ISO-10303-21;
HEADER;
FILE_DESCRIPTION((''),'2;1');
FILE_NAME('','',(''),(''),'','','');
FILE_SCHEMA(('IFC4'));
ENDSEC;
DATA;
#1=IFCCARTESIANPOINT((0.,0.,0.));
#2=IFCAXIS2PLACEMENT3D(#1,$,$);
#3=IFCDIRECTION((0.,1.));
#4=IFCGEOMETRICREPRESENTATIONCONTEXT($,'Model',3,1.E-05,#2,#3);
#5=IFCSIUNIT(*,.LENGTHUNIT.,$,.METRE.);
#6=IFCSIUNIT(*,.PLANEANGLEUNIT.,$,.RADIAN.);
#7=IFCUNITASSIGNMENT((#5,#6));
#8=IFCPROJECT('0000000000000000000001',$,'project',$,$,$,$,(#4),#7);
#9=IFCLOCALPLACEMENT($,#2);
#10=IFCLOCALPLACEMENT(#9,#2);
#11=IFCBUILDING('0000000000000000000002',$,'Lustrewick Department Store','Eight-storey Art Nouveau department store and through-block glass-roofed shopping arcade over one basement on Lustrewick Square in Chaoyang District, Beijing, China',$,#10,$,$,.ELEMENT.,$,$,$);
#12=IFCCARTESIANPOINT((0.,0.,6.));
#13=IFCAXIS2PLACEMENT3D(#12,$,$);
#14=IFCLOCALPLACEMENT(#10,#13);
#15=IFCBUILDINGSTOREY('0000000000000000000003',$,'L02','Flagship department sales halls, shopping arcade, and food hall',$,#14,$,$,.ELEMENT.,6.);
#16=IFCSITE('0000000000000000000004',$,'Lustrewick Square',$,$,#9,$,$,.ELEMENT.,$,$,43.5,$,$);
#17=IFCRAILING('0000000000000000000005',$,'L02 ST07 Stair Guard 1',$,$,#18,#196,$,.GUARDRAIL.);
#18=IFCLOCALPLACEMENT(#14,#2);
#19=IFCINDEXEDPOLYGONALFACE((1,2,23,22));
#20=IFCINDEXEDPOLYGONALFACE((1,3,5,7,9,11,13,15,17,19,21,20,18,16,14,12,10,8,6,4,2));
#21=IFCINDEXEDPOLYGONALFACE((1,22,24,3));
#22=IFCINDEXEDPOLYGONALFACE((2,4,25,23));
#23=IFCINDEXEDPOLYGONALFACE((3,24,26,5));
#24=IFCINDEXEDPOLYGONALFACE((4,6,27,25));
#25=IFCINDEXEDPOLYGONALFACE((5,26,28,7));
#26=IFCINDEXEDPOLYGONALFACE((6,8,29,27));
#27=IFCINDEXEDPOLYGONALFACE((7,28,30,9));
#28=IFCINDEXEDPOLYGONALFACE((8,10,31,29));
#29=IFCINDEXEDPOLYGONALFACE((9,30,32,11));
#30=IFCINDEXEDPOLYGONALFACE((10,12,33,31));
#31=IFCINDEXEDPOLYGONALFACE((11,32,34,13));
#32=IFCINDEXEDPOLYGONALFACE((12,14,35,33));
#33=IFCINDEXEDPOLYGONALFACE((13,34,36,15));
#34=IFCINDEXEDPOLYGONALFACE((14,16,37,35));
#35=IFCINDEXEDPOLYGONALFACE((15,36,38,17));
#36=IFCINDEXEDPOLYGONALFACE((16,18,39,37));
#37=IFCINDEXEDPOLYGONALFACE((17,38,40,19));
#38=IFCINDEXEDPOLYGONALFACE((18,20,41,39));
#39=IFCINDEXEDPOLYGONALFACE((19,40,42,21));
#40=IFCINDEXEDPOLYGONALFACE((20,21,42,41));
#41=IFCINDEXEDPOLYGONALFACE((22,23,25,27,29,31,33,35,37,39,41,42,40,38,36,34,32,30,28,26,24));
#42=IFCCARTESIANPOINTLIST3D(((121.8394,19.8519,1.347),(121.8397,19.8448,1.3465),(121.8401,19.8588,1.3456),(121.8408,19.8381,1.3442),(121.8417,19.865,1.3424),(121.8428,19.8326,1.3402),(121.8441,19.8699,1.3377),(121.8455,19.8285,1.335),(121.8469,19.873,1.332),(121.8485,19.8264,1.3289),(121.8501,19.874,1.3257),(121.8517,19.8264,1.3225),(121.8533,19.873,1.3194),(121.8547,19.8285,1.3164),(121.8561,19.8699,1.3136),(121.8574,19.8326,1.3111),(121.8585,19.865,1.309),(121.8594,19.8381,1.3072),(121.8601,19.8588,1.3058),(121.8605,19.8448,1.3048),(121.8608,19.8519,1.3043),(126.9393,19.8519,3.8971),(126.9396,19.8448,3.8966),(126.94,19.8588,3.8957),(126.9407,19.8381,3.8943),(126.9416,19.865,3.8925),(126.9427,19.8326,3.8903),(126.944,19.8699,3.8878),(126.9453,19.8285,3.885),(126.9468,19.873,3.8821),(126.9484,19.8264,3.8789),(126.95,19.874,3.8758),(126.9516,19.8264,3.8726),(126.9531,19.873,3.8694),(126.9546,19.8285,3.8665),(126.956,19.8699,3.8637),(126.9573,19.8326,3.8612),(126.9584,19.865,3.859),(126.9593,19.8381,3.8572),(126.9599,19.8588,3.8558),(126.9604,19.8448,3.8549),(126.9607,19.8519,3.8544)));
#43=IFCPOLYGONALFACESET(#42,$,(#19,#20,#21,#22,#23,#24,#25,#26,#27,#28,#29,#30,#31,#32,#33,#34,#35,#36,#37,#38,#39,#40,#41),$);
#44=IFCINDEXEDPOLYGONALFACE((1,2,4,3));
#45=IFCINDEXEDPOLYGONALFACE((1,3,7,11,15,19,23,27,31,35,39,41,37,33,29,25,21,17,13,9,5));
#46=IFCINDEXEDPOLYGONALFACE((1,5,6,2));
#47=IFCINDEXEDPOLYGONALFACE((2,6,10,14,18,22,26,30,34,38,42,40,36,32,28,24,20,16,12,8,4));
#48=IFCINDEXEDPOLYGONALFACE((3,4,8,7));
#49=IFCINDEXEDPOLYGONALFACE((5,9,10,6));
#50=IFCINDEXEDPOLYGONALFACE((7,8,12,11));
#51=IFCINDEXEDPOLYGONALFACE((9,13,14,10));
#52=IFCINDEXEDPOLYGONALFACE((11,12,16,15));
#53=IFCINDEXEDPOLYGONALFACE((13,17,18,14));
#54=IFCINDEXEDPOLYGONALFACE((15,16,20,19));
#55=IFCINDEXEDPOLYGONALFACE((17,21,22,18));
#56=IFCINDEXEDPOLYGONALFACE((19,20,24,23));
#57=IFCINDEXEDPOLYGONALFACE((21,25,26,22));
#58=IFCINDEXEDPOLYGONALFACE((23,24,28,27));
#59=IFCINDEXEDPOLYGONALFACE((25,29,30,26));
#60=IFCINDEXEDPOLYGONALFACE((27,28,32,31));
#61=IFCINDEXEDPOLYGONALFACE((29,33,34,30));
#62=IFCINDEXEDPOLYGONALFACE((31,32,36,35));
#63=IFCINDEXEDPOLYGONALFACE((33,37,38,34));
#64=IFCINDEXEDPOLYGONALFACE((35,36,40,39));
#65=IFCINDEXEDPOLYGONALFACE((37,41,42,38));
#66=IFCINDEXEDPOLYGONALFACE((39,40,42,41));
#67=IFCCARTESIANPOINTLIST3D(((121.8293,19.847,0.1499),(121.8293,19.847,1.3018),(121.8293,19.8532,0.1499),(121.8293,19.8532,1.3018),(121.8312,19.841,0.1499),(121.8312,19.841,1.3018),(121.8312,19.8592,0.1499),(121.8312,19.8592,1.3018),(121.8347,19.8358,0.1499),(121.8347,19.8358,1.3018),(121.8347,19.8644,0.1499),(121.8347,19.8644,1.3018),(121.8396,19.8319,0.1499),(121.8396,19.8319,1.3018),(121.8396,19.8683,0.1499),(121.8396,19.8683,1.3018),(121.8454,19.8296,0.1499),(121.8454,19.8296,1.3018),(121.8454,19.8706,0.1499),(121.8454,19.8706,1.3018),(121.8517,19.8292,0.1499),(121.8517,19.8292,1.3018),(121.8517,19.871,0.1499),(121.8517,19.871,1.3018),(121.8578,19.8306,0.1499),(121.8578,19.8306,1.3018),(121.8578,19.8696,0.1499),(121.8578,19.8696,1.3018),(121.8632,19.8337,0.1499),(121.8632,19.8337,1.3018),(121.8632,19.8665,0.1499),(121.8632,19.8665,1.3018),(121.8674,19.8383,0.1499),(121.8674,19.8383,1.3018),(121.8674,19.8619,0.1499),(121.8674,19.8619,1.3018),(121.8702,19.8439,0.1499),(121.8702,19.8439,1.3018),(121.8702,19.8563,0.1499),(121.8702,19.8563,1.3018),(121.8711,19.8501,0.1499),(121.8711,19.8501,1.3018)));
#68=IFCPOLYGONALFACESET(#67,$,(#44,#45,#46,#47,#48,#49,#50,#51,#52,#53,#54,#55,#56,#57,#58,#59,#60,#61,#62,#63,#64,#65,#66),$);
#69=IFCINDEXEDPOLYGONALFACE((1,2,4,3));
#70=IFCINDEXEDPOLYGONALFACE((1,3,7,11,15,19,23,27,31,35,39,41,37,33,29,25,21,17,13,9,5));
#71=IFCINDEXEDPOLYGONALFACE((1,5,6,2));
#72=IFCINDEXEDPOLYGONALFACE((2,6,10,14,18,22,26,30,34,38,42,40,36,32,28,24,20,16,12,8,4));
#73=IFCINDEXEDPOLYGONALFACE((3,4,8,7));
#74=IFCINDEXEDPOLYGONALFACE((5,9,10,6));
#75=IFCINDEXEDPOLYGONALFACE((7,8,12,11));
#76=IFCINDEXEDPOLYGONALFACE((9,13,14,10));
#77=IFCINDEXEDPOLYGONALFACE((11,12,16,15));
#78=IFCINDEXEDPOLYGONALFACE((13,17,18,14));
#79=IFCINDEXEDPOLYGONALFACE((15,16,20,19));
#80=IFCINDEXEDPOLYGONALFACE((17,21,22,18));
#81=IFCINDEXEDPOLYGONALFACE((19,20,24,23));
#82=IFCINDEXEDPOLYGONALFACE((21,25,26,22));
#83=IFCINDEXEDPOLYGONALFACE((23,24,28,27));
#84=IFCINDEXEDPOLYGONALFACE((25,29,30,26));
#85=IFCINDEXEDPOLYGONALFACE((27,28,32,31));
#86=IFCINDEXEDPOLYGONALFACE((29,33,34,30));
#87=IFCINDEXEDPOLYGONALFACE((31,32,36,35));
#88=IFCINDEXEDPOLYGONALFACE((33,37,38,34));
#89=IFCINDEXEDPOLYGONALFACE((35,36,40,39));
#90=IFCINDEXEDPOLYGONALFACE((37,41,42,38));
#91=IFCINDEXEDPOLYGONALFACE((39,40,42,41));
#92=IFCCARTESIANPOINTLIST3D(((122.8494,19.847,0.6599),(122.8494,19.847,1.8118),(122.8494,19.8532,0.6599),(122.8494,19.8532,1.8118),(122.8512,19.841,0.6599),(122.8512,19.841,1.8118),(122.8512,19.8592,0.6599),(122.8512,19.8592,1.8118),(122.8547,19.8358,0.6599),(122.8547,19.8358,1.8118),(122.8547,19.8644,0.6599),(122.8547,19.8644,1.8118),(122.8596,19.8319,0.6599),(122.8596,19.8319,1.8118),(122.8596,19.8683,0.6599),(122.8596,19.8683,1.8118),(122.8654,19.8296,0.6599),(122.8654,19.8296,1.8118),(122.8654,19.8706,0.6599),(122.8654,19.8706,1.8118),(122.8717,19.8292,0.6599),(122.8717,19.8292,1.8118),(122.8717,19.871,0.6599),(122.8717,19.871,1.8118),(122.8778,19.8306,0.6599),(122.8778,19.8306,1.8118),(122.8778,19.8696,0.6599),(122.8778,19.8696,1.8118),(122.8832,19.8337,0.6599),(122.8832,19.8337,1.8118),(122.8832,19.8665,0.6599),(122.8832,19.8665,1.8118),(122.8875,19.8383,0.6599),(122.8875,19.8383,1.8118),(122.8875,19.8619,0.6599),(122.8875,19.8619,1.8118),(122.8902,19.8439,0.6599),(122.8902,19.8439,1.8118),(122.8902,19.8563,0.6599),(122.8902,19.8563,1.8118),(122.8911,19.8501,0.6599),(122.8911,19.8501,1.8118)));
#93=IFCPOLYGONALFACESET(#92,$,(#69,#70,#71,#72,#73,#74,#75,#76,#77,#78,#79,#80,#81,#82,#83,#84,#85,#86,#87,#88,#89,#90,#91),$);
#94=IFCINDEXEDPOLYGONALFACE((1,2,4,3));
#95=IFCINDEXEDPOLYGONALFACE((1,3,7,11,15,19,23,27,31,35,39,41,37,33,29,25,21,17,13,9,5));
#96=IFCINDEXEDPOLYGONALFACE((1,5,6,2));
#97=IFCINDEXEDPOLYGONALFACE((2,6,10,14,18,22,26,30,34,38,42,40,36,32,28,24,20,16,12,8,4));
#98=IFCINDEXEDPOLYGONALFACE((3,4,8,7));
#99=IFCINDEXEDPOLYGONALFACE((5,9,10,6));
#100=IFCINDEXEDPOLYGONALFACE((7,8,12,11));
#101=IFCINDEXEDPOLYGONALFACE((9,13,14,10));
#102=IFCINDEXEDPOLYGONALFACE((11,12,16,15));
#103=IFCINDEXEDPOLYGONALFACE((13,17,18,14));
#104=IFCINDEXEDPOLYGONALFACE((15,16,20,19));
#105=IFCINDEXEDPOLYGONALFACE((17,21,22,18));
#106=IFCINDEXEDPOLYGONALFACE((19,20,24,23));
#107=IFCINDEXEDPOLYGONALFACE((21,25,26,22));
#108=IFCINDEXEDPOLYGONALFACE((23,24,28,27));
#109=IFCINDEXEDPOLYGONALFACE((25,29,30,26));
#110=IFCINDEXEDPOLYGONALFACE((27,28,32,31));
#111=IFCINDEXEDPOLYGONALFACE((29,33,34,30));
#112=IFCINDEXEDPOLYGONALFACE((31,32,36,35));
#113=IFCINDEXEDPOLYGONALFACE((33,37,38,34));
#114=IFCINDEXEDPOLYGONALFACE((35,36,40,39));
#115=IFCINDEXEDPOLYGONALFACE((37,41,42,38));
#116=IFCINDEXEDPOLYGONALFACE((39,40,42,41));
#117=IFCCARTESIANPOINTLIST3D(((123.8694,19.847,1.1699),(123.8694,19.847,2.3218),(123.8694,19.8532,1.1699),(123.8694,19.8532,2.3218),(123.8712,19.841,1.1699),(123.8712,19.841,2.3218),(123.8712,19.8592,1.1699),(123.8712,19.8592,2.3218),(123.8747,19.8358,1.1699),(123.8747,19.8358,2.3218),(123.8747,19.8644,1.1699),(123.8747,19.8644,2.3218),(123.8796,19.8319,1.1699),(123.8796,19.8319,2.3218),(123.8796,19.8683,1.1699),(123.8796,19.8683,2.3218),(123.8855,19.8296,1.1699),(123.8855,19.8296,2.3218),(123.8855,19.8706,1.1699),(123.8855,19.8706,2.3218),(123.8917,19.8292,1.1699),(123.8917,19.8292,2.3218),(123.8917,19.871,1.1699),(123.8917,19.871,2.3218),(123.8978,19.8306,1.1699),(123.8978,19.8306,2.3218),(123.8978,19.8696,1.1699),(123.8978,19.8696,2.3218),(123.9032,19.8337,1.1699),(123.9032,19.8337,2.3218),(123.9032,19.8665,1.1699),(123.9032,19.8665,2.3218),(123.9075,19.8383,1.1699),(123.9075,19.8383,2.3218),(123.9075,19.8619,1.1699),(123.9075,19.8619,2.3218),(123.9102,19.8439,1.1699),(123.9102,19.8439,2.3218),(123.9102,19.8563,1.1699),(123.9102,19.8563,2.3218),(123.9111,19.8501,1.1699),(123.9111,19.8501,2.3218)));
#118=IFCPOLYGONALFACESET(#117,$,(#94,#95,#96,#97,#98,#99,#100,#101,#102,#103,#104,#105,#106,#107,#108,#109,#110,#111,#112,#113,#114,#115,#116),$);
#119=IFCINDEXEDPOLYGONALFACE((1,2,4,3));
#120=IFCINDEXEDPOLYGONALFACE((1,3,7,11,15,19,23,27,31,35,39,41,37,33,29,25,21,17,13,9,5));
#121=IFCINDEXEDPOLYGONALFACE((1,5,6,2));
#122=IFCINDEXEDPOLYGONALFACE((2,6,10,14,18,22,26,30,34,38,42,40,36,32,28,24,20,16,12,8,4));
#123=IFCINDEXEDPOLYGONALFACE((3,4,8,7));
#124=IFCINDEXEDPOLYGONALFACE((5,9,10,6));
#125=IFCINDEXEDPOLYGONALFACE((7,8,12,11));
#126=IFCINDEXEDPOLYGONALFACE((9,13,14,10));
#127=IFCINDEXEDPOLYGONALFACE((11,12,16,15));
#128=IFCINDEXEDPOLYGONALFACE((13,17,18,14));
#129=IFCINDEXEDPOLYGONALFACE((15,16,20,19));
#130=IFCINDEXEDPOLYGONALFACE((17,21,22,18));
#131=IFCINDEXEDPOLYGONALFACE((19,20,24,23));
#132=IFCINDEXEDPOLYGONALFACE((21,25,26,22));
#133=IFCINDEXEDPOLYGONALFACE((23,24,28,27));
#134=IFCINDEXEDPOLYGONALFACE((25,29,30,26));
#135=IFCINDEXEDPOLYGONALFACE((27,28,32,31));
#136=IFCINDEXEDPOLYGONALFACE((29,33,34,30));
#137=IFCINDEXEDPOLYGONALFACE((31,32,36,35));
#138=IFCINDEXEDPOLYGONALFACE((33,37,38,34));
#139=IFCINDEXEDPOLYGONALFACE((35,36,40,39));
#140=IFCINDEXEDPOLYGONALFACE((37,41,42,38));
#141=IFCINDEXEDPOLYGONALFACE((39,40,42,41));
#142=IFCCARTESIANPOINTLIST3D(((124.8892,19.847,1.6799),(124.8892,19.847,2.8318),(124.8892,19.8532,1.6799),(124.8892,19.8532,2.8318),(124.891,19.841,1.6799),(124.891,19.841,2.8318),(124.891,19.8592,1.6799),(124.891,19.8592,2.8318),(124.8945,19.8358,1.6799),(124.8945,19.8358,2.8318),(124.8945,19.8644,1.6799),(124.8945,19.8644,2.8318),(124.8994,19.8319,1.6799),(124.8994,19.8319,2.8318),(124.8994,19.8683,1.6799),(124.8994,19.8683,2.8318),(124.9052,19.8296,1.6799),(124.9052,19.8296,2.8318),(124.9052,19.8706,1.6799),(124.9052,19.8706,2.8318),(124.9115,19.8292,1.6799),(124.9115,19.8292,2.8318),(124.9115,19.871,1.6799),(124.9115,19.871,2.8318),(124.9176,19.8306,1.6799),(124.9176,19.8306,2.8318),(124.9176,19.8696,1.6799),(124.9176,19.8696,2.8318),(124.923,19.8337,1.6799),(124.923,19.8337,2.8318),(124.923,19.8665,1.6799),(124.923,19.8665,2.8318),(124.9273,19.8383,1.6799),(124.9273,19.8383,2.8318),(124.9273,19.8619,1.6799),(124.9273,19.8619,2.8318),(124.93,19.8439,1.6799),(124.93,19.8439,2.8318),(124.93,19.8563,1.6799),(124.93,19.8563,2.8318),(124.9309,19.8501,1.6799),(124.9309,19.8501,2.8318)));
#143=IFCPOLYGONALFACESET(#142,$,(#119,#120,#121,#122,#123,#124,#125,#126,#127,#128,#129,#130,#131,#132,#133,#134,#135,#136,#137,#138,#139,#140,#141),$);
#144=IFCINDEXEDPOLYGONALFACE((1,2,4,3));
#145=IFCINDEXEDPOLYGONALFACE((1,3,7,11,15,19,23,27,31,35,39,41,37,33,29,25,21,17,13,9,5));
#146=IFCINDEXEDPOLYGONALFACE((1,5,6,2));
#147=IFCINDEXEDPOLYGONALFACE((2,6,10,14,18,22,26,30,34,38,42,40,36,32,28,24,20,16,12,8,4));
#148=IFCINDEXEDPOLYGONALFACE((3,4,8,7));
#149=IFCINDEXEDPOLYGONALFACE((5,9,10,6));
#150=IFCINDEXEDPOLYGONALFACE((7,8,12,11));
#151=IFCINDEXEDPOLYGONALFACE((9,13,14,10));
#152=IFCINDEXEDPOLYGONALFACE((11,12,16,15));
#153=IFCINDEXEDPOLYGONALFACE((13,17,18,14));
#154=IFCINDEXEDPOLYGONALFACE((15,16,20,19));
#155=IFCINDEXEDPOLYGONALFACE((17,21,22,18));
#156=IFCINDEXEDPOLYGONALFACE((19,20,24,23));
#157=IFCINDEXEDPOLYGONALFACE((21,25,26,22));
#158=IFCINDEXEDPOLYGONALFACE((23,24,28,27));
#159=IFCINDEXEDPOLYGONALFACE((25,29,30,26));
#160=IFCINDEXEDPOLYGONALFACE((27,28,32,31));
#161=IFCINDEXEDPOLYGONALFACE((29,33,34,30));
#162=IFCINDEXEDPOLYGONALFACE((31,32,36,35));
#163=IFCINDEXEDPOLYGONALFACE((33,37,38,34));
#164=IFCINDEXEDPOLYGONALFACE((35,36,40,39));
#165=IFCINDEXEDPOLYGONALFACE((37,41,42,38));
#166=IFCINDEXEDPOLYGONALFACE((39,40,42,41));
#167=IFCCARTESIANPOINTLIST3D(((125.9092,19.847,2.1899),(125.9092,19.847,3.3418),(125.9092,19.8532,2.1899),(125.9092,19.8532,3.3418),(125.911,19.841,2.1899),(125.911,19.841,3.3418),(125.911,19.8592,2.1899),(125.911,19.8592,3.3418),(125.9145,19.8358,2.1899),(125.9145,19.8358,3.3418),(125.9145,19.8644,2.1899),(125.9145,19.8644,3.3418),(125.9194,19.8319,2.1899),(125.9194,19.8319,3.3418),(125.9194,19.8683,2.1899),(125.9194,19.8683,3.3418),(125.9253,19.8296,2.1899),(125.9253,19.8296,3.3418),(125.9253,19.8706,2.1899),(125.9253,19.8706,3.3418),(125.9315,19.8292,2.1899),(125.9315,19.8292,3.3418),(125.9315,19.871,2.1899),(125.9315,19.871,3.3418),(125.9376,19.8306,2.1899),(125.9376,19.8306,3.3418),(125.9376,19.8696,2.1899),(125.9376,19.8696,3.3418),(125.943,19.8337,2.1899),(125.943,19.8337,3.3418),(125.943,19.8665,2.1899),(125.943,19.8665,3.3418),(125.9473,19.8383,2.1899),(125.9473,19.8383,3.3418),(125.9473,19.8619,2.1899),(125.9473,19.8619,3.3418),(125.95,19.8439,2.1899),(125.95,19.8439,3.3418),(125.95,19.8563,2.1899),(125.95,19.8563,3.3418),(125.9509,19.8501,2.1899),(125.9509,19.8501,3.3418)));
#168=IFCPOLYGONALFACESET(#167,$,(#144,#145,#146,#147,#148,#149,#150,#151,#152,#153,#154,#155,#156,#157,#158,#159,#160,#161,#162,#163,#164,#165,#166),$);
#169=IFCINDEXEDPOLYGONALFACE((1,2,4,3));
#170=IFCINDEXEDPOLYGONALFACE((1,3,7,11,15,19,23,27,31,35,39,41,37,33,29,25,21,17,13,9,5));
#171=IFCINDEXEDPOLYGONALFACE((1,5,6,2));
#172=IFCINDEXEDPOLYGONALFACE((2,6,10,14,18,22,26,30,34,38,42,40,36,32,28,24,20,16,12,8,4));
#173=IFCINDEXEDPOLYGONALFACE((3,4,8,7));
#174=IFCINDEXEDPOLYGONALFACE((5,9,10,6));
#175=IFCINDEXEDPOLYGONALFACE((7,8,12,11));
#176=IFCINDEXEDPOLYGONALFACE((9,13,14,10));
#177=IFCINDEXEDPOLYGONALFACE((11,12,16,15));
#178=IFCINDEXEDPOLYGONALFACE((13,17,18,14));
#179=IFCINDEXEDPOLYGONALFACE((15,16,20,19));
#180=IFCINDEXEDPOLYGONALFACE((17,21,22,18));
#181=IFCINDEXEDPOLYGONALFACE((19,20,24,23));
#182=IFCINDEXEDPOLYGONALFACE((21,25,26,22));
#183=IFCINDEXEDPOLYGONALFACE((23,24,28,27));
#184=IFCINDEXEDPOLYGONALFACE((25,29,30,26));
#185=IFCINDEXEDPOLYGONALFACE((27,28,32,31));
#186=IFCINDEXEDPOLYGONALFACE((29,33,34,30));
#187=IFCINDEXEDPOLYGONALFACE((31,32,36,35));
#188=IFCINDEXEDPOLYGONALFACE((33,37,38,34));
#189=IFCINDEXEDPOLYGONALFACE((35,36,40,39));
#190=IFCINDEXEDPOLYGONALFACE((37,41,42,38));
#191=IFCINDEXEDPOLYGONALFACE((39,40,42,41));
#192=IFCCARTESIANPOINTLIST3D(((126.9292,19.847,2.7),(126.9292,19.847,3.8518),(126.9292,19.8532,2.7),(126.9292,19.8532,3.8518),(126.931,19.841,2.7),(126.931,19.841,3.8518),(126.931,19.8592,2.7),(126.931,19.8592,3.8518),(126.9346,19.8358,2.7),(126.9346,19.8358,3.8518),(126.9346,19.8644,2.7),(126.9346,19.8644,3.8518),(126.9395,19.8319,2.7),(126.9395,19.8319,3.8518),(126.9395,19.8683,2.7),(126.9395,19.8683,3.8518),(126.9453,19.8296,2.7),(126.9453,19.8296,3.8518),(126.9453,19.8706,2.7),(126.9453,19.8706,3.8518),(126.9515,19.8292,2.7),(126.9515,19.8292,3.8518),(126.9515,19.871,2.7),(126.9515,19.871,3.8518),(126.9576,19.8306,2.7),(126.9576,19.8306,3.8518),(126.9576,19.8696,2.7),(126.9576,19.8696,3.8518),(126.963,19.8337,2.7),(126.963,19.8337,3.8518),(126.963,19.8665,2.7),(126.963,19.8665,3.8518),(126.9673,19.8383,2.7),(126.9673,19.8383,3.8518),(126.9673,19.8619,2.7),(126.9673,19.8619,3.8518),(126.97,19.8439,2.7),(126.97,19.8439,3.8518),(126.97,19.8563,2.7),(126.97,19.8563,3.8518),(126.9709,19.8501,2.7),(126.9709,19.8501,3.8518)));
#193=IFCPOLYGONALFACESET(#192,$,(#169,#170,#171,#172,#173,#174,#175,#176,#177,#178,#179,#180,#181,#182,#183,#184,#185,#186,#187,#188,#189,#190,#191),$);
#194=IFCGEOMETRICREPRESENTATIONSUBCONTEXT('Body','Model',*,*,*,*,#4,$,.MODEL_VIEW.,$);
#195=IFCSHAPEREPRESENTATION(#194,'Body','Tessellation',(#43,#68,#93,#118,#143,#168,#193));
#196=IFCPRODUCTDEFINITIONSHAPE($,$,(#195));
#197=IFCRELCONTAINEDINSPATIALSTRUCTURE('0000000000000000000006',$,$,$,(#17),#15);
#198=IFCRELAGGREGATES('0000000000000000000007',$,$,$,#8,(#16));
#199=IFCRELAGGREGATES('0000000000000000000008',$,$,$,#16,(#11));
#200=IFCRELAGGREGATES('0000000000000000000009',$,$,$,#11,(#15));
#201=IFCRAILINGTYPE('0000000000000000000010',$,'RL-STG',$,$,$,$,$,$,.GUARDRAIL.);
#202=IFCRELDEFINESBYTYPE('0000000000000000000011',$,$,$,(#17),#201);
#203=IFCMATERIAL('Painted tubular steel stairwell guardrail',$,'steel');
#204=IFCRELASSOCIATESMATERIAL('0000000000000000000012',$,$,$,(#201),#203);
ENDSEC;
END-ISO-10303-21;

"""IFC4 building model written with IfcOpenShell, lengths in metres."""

from ifc_helpers import new_model, si_unit, direction, frame, origin, origin_2d, place, context, subcontext, project, spatial, circle, extrude, material, type_object, element, save


model = new_model("IFC4")

# Units and contexts
model_context = context("Model", 3, precision=1e-05, world=origin(), true_north=direction((0.0, 1.0)))
body_context = subcontext(model_context, "Body", "Model", "MODEL_VIEW")
ifc_project = project(units=[si_unit("LENGTHUNIT", "METRE"), si_unit("PLANEANGLEUNIT", "RADIAN")], contexts=[model_context])

# Site, building, storey
site_placement = place(None, origin())
site = spatial("IfcSite", under=ifc_project, at=site_placement, Name="Lustrewick Square", CompositionType="ELEMENT", RefElevation=43.5)
building_placement = place(site_placement, origin())
building = spatial("IfcBuilding", under=site, at=building_placement, Name="Lustrewick Department Store", Description="Eight-storey Art Nouveau department store and through-block glass-roofed shopping arcade over one basement on Lustrewick Square in Chaoyang District, Beijing, China", CompositionType="ELEMENT")
storey_placement = place(building_placement, frame((0.0, 0.0, 6.0)))
storey = spatial("IfcBuildingStorey", under=building, at=storey_placement, Name="L02", Description="Flagship department sales halls, shopping arcade, and food hall", CompositionType="ELEMENT", Elevation=6.0)

# Railing
ifc_material_1 = material(Name="Painted tubular steel stairwell guardrail", Category="steel")
railing_type_1 = type_object("IfcRailingType", Name="RL-STG", PredefinedType="GUARDRAIL", material=ifc_material_1)
railing_1_placement = place(storey_placement, frame((121.8501, 19.8501, 0.1499)))
element("IfcRailing", 1, at=railing_1_placement, inside=storey, type_object=railing_type_1, Name="L02 ST07 Stair Guard 1", PredefinedType="GUARDRAIL", context=body_context, shape_type="SweptSolid", body=[
    extrude(circle(Radius=0.0239, at=origin_2d()), frame((0.0, 0.0, 1.1758), z_axis=(0.894419, 0.0, 0.447231), x_axis=(0.0, 1.0, 0.0)), (0.0, 0.0, 1.0), 5.7019),
    extrude(circle(Radius=0.021, at=origin_2d()), origin(), (0.0, 0.0, 1.0), 1.1519),
    extrude(circle(Radius=0.021, at=origin_2d()), frame((1.02, 0.0, 0.51)), (0.0, 0.0, 1.0), 1.1519),
    extrude(circle(Radius=0.021, at=origin_2d()), frame((2.04, 0.0, 1.02)), (0.0, 0.0, 1.0), 1.1519),
    extrude(circle(Radius=0.021, at=origin_2d()), frame((3.0598, 0.0, 1.53)), (0.0, 0.0, 1.0), 1.1519),
    extrude(circle(Radius=0.021, at=origin_2d()), frame((4.0798, 0.0, 2.04)), (0.0, 0.0, 1.0), 1.1519),
    extrude(circle(Radius=0.021, at=origin_2d()), frame((5.0999, 0.0, 2.55)), (0.0, 0.0, 1.0), 1.1519),
])

save(model, "model.ifc")
